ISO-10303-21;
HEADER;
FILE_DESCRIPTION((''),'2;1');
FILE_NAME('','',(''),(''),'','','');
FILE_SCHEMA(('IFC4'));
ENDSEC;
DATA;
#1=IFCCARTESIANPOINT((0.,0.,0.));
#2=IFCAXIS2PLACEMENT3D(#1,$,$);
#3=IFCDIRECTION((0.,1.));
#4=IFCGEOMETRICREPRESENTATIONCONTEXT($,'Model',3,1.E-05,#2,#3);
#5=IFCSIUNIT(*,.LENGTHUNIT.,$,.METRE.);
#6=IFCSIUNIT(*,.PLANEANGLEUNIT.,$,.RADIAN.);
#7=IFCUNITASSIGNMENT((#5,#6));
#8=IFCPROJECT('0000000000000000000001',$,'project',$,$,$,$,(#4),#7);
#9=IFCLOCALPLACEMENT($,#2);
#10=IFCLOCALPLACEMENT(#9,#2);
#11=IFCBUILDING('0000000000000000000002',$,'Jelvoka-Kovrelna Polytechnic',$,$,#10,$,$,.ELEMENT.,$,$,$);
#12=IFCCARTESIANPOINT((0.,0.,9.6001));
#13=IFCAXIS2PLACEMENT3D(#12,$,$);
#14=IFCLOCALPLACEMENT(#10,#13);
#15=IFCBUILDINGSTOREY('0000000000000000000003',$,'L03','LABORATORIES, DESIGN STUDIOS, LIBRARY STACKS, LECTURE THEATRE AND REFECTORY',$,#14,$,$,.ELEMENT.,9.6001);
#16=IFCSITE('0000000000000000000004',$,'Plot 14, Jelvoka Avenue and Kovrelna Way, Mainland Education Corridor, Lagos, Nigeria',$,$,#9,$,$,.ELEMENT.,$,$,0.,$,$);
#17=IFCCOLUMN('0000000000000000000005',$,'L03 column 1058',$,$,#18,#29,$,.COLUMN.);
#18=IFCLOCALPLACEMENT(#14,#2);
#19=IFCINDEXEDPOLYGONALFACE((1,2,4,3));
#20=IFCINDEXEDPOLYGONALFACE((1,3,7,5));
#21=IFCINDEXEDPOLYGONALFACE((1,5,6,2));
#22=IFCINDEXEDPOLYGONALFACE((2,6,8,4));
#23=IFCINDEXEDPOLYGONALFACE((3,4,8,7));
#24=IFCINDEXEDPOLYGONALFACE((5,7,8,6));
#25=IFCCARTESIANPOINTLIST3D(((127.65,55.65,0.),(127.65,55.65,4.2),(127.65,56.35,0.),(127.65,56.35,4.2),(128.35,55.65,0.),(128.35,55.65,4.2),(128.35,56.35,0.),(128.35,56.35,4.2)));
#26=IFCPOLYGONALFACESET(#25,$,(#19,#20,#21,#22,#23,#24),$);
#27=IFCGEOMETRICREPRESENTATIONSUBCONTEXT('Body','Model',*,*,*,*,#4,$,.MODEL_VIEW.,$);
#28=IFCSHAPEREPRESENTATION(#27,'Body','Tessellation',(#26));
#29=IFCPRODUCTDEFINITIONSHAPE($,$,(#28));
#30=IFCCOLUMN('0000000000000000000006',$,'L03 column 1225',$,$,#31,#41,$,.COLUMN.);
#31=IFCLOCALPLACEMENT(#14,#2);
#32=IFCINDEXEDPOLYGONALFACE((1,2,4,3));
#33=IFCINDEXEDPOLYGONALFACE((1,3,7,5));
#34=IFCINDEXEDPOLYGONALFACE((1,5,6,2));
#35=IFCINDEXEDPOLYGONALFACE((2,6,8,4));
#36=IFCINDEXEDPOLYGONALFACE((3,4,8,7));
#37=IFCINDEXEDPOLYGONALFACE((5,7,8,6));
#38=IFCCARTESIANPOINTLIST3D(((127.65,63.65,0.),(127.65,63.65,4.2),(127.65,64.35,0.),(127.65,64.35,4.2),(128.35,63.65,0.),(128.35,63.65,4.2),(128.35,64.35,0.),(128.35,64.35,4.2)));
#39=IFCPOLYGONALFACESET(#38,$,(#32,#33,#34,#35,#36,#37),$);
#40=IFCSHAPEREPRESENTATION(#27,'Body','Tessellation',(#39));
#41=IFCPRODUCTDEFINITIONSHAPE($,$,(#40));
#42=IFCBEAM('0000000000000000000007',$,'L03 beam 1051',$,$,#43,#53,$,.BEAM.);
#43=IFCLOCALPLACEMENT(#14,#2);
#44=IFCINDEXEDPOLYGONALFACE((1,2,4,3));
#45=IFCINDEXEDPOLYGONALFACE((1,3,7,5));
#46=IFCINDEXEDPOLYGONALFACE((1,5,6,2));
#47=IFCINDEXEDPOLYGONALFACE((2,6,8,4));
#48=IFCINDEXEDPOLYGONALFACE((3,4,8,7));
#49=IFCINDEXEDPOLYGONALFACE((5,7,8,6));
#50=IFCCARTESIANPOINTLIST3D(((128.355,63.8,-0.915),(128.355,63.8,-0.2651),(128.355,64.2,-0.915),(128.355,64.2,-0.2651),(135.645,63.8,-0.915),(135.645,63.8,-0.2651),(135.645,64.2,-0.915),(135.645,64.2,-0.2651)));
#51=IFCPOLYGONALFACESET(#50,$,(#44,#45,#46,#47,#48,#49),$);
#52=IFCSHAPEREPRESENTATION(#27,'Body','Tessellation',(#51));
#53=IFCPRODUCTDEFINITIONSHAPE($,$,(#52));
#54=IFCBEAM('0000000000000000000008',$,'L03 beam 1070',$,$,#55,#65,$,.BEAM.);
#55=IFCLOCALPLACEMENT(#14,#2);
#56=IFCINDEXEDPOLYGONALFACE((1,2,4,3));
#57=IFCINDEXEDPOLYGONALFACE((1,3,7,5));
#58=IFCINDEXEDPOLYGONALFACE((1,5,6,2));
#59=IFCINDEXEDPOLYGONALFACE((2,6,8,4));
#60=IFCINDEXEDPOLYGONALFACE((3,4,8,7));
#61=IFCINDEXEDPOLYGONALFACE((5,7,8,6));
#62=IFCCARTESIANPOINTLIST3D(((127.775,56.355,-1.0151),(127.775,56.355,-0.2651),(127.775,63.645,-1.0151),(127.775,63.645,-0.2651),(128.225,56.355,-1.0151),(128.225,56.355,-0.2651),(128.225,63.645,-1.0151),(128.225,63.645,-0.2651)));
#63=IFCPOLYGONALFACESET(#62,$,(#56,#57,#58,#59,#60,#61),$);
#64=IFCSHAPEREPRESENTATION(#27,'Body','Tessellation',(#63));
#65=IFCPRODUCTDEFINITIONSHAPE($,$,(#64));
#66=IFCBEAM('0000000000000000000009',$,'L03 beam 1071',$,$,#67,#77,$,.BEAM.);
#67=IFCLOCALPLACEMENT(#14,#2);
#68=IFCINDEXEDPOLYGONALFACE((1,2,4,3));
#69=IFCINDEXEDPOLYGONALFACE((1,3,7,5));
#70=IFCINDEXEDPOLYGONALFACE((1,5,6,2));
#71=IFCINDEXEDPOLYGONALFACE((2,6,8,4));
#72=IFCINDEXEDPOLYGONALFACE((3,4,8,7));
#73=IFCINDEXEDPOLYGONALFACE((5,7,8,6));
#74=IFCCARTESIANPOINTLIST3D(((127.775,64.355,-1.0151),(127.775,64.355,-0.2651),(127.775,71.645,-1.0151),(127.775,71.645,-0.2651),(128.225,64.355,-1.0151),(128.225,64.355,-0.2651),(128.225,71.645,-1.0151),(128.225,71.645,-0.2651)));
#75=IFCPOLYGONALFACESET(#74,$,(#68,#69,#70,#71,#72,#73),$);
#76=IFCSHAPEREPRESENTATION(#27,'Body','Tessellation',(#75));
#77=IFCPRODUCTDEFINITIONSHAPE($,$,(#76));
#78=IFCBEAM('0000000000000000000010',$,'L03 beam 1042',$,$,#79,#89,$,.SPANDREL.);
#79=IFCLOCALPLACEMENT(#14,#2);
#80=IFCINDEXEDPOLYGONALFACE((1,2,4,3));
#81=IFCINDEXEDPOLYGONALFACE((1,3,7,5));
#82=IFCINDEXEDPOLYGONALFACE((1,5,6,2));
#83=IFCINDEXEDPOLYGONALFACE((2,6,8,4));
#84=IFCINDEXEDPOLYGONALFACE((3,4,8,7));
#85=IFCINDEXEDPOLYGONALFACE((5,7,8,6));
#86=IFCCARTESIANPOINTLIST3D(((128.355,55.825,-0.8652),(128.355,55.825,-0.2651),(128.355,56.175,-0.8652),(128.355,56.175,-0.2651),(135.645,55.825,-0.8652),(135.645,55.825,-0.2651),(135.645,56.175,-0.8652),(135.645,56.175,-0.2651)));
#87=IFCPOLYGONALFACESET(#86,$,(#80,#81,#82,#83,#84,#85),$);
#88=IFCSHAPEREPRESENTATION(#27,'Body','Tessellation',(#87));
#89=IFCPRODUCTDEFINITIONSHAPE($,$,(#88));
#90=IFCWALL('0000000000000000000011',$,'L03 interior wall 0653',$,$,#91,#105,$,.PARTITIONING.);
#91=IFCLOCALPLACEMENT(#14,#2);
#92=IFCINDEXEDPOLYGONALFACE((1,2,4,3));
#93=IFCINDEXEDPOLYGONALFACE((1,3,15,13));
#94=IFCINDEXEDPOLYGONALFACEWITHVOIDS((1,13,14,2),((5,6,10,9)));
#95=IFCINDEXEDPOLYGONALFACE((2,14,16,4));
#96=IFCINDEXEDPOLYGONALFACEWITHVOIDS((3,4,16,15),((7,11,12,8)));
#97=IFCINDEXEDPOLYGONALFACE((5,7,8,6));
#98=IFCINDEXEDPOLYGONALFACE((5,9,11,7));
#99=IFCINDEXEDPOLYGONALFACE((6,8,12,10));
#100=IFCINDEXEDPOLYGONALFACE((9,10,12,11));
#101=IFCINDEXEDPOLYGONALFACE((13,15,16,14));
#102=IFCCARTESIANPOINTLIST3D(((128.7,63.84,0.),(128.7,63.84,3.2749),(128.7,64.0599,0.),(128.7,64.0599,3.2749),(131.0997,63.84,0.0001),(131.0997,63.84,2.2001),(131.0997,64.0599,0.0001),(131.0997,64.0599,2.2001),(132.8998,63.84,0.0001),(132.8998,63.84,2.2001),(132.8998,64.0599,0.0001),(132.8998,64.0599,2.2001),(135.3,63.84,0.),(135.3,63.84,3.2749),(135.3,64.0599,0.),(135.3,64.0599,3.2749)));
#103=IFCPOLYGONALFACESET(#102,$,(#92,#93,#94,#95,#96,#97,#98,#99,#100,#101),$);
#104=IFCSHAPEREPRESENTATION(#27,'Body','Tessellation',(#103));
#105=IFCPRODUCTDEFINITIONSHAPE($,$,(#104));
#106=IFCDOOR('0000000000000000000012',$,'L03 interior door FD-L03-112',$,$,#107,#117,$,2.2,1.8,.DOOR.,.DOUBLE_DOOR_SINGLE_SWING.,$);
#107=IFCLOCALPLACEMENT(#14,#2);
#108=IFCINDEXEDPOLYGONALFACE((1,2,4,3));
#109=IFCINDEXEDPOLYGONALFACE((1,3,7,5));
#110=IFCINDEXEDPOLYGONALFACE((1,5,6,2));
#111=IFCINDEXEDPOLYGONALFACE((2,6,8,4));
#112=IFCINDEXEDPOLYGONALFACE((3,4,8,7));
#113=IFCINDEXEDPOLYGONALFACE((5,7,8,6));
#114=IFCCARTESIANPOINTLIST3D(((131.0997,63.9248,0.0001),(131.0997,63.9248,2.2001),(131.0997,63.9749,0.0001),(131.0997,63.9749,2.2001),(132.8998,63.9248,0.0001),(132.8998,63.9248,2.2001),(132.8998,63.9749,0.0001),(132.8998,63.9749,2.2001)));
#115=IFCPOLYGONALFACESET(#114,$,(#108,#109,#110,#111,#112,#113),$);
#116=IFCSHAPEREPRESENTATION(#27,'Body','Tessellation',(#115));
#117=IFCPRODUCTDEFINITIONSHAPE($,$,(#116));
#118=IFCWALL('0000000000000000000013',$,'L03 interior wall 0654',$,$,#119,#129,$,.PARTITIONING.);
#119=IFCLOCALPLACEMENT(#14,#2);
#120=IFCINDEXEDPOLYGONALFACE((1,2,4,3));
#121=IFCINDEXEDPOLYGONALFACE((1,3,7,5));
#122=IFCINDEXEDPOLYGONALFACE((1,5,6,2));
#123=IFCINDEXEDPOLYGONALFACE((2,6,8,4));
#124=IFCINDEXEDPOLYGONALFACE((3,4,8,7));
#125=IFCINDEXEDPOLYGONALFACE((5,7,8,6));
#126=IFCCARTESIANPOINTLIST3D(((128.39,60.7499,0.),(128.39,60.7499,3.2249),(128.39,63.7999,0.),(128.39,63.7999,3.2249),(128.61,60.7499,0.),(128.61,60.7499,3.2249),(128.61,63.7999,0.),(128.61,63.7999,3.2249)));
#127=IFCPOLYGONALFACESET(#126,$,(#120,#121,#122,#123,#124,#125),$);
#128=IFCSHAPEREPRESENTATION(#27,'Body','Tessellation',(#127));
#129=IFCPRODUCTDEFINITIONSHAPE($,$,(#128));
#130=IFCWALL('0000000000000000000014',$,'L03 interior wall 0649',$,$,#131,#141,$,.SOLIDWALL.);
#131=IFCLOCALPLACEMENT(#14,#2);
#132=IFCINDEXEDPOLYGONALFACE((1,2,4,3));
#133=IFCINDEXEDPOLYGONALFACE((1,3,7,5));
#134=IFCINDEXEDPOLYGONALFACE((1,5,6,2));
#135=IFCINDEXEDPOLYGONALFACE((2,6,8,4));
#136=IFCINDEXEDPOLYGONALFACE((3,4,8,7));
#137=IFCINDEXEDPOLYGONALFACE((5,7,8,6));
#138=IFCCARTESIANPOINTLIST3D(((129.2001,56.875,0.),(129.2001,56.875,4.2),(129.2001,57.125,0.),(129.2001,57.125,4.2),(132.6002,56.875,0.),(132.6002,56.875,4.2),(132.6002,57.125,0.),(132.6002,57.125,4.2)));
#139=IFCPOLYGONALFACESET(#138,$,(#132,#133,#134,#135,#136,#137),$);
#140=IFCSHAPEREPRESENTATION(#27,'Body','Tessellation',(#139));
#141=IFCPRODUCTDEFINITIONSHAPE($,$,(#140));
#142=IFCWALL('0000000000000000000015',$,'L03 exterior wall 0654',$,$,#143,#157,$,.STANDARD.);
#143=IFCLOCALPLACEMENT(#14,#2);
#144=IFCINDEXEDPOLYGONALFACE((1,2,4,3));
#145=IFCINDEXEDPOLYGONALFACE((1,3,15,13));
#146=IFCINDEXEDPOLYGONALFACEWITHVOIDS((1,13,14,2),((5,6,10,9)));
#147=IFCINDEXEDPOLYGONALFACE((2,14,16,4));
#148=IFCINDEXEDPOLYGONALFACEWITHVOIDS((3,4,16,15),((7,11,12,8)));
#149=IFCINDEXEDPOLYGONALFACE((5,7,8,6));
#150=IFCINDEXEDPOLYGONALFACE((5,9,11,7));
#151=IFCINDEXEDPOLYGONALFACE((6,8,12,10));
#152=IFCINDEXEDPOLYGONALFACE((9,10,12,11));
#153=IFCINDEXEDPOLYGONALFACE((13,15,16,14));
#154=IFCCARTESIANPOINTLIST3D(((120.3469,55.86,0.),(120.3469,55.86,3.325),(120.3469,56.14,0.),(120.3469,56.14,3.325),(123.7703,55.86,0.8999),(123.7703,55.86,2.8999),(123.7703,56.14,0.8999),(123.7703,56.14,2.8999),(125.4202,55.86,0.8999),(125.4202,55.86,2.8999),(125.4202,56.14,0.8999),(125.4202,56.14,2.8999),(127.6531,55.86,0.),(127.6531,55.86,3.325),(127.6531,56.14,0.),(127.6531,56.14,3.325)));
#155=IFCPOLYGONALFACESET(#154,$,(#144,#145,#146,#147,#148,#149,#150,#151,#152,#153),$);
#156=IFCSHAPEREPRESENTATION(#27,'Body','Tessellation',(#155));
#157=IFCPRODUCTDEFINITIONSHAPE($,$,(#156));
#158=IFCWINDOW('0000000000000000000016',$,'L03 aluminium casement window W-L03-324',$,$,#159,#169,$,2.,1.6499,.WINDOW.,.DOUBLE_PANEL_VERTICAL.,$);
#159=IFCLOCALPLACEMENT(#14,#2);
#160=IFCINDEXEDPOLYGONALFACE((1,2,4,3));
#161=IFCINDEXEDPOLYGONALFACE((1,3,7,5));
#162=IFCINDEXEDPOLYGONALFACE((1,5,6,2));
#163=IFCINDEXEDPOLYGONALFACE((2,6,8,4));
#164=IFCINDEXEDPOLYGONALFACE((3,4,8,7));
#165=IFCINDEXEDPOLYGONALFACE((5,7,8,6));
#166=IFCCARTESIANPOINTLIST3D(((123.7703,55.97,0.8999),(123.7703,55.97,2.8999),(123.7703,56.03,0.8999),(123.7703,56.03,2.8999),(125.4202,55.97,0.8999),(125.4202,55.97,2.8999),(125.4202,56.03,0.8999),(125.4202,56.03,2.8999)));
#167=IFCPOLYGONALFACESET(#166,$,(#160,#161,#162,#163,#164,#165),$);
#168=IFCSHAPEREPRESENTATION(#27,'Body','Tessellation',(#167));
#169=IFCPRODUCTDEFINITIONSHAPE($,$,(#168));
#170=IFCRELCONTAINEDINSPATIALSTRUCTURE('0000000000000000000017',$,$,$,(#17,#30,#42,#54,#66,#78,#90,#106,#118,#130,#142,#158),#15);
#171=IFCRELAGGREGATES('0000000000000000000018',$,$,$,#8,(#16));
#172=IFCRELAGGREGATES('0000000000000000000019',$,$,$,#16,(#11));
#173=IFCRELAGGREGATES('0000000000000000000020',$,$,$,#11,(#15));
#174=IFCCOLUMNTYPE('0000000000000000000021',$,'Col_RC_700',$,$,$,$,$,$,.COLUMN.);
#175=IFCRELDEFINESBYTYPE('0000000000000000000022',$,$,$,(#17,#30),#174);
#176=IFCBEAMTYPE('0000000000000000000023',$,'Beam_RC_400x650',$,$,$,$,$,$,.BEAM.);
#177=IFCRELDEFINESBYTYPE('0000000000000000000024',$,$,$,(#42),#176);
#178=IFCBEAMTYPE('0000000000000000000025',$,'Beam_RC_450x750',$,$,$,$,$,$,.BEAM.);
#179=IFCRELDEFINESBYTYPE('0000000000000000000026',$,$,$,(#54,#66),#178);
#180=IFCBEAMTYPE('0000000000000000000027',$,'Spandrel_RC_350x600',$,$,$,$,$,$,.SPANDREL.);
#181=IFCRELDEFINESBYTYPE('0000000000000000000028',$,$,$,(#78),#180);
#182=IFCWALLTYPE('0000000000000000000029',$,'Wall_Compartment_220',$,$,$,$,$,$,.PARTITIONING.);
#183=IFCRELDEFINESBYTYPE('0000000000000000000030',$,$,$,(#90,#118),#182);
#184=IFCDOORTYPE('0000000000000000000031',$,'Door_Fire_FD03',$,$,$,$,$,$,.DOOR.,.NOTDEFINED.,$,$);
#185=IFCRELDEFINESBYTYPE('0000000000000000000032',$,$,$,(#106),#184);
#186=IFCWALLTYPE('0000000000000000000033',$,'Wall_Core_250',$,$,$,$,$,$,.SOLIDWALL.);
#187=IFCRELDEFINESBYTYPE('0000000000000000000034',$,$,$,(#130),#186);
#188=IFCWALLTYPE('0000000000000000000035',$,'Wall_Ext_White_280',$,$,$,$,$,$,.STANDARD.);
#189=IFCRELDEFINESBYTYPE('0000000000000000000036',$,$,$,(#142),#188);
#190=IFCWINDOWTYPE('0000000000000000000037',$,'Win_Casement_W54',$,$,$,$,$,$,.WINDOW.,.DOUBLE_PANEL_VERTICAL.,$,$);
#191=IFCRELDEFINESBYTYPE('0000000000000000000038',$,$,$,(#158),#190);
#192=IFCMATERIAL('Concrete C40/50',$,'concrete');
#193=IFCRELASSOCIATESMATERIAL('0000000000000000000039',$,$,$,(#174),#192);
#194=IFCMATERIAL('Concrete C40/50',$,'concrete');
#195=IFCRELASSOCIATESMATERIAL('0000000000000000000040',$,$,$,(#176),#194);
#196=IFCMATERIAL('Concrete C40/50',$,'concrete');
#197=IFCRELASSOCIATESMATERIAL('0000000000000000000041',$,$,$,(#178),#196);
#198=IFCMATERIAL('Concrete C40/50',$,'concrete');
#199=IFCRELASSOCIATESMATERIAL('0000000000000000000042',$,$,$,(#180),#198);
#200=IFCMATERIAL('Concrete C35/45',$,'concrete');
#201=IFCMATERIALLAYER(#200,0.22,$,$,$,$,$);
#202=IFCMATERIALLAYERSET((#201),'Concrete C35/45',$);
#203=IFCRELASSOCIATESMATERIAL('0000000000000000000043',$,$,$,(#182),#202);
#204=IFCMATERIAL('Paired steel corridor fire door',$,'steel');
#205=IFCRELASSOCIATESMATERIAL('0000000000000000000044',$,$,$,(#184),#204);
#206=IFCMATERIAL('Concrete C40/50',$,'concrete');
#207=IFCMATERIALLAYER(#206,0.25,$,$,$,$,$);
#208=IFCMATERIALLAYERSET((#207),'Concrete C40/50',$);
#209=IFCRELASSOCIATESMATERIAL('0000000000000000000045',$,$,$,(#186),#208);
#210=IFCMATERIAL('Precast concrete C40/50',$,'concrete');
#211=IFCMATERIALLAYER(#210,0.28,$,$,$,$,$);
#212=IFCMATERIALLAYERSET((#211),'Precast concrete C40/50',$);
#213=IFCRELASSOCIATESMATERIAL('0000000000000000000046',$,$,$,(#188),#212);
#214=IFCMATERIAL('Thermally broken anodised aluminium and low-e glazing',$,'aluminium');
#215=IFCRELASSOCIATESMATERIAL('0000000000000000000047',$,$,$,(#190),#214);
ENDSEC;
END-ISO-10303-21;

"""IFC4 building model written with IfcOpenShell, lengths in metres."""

from ifc_helpers import new_model, si_unit, direction, frame, frame_2d, origin, origin_2d, place, context, subcontext, project, spatial, rectangle, extrude, material, layer, layer_set, material_profile, profile_set, type_object, element, fill, save


model = new_model("IFC4")

# Units and contexts
model_context = context("Model", 3, precision=1e-05, world=origin(), true_north=direction((0.0, 1.0)))
body_context = subcontext(model_context, "Body", "Model", "MODEL_VIEW")
ifc_project = project(units=[si_unit("LENGTHUNIT", "METRE"), si_unit("PLANEANGLEUNIT", "RADIAN")], contexts=[model_context])

# Site, building, storey
site_placement = place(None, origin())
site = spatial("IfcSite", under=ifc_project, at=site_placement, Name="Plot 14, Jelvoka Avenue and Kovrelna Way, Mainland Education Corridor, Lagos, Nigeria", CompositionType="ELEMENT", RefElevation=0.0)
building_placement = place(site_placement, origin())
building = spatial("IfcBuilding", under=site, at=building_placement, Name="Jelvoka-Kovrelna Polytechnic", CompositionType="ELEMENT")
storey_placement = place(building_placement, frame((0.0, 0.0, 9.6001)))
storey = spatial("IfcBuildingStorey", under=building, at=storey_placement, Name="L03", Description="LABORATORIES, DESIGN STUDIOS, LIBRARY STACKS, LECTURE THEATRE AND REFECTORY", CompositionType="ELEMENT", Elevation=9.6001)

# Columns
ifc_material_1 = material(Name="Concrete C40/50", Category="concrete")
ifc_material_profile_1 = material_profile(ifc_material_1, rectangle(XDim=0.7, YDim=0.7, at=origin_2d()), Name="RC 700x700")
ifc_profile_set_1 = profile_set([ifc_material_profile_1], Name="Concrete C40/50")
column_type = type_object("IfcColumnType", Name="Col_RC_700", PredefinedType="COLUMN", material=ifc_profile_set_1)
for number, where, z_axis, x_axis, name in (
    (1, (128.0, 56.0, 0.0), (0.0, 0.0, 1.0), (1.0, 0.0, 0.0), "L03 column 1058"),
    (2, (128.0, 64.0, 0.0), (0.0, 0.0, 1.0), (1.0, 0.0, 0.0), "L03 column 1225"),
):
    element("IfcColumn", number, at=place(storey_placement, frame(where, z_axis=z_axis, x_axis=x_axis)), inside=storey, type_object=column_type, Name=name, PredefinedType="COLUMN", context=body_context, shape_type="SweptSolid", body=[
        extrude(rectangle(XDim=0.7, YDim=0.7, at=origin_2d()), origin(), (0.0, 0.0, 1.0), 4.2),
    ])

# Beams
ifc_material_2 = material(Name="Concrete C40/50", Category="concrete")
ifc_material_profile_2 = material_profile(ifc_material_2, rectangle(XDim=0.3999, YDim=0.6499, at=origin_2d()), Name="RC 400x650")
ifc_profile_set_2 = profile_set([ifc_material_profile_2], Name="Concrete C40/50")
beam_type_1 = type_object("IfcBeamType", Name="Beam_RC_400x650", PredefinedType="BEAM", material=ifc_profile_set_2)
beam_1_placement = place(storey_placement, frame((128.355, 64.0, -0.5901), z_axis=(1.0, 0.0, 0.0), x_axis=(0.0, 1.0, 0.0)))
element("IfcBeam", 3, at=beam_1_placement, inside=storey, type_object=beam_type_1, Name="L03 beam 1051", PredefinedType="BEAM", context=body_context, shape_type="SweptSolid", body=[
    extrude(rectangle(XDim=0.3999, YDim=0.6499, at=origin_2d()), origin(), (0.0, 0.0, 1.0), 7.29),
])
ifc_material_3 = material(Name="Concrete C40/50", Category="concrete")
ifc_material_profile_3 = material_profile(ifc_material_3, rectangle(XDim=0.45, YDim=0.75, at=origin_2d()), Name="RC 450x750")
ifc_profile_set_3 = profile_set([ifc_material_profile_3], Name="Concrete C40/50")
beam_type_2 = type_object("IfcBeamType", Name="Beam_RC_450x750", PredefinedType="BEAM", material=ifc_profile_set_3)
for number, where, z_axis, x_axis, name in (
    (4, (128.0, 56.355, -0.6401), (0.0, 1.0, 0.0), (-1.0, 0.0, 0.0), "L03 beam 1070"),
    (5, (128.0, 64.355, -0.6401), (0.0, 1.0, 0.0), (-1.0, 0.0, 0.0), "L03 beam 1071"),
):
    element("IfcBeam", number, at=place(storey_placement, frame(where, z_axis=z_axis, x_axis=x_axis)), inside=storey, type_object=beam_type_2, Name=name, PredefinedType="BEAM", context=body_context, shape_type="SweptSolid", body=[
        extrude(rectangle(XDim=0.45, YDim=0.75, at=origin_2d()), origin(), (0.0, 0.0, 1.0), 7.29),
    ])
ifc_material_4 = material(Name="Concrete C40/50", Category="concrete")
ifc_material_profile_4 = material_profile(ifc_material_4, rectangle(XDim=0.3501, YDim=0.6001, at=origin_2d()), Name="RC 350x600")
ifc_profile_set_4 = profile_set([ifc_material_profile_4], Name="Concrete C40/50")
beam_type_3 = type_object("IfcBeamType", Name="Spandrel_RC_350x600", PredefinedType="SPANDREL", material=ifc_profile_set_4)
beam_2_placement = place(storey_placement, frame((128.355, 56.0, -0.5652), z_axis=(1.0, 0.0, 0.0), x_axis=(0.0, 1.0, 0.0)))
element("IfcBeam", 6, at=beam_2_placement, inside=storey, type_object=beam_type_3, Name="L03 beam 1042", PredefinedType="SPANDREL", context=body_context, shape_type="SweptSolid", body=[
    extrude(rectangle(XDim=0.3501, YDim=0.6001, at=origin_2d()), origin(), (0.0, 0.0, 1.0), 7.29),
])

# Wall, opening, door
ifc_material_5 = material(Name="Concrete C35/45", Category="concrete")
ifc_layer_1 = layer(ifc_material_5, 0.22)
ifc_layer_set_1 = layer_set([ifc_layer_1], Name="Concrete C35/45")
wall_type_1 = type_object("IfcWallType", Name="Wall_Compartment_220", PredefinedType="PARTITIONING", material=ifc_layer_set_1)
wall_1_placement = place(storey_placement, frame((128.7, 63.95, 0.0), z_axis=(0.0, 0.0, 1.0), x_axis=(1.0, 0.0, 0.0)))
wall_1 = element("IfcWall", 7, at=wall_1_placement, inside=storey, type_object=wall_type_1, Name="L03 interior wall 0653", PredefinedType="PARTITIONING", context=body_context, shape_type="SweptSolid", body=[
    extrude(rectangle(XDim=6.6001, YDim=0.22, at=frame_2d((3.3, 0.0))), origin(), (0.0, 0.0, 1.0), 3.2749),
])
opening_1_placement = place(wall_1_placement, frame((2.3999, 0.0, 0.0)))
opening_1 = element("IfcOpeningElement", 8, at=opening_1_placement, cuts=wall_1, PredefinedType="OPENING", context=body_context, shape_type="SweptSolid", body=[
    extrude(rectangle(XDim=1.8, YDim=2.2, at=frame_2d((0.8999, 1.1001))), frame((0.0, 0.1199, 0.0), z_axis=(0.0, -1.0, 0.0), x_axis=(1.0, 0.0, 0.0)), (0.0, 0.0, 1.0), 0.24),
])
ifc_material_6 = material(Name="Paired steel corridor fire door", Category="steel")
door_type = type_object("IfcDoorType", Name="Door_Fire_FD03", OperationType="NOTDEFINED", PredefinedType="DOOR", material=ifc_material_6)
door_placement = place(opening_1_placement, origin())
door = element("IfcDoor", 9, at=door_placement, inside=storey, type_object=door_type, Name="L03 interior door FD-L03-112", OperationType="DOUBLE_DOOR_SINGLE_SWING", OverallHeight=2.2, OverallWidth=1.8, PredefinedType="DOOR", context=body_context, shape_type="SweptSolid", body=[
    extrude(rectangle(XDim=1.8, YDim=2.2, at=frame_2d((0.8999, 1.1001))), frame((0.0, 0.0249, 0.0), z_axis=(0.0, -1.0, 0.0), x_axis=(1.0, 0.0, 0.0)), (0.0, 0.0, 1.0), 0.05),
])
fill(opening_1, door)

# Walls
wall_2_placement = place(storey_placement, frame((128.5, 60.75, 0.0), z_axis=(0.0, 0.0, 1.0), x_axis=(0.0, 1.0, 0.0)))
element("IfcWall", 10, at=wall_2_placement, inside=storey, type_object=wall_type_1, Name="L03 interior wall 0654", PredefinedType="PARTITIONING", context=body_context, shape_type="SweptSolid", body=[
    extrude(rectangle(XDim=3.05, YDim=0.22, at=frame_2d((1.5249, 0.0))), origin(), (0.0, 0.0, 1.0), 3.2249),
])
ifc_material_7 = material(Name="Concrete C40/50", Category="concrete")
ifc_layer_2 = layer(ifc_material_7, 0.25)
ifc_layer_set_2 = layer_set([ifc_layer_2], Name="Concrete C40/50")
wall_type_2 = type_object("IfcWallType", Name="Wall_Core_250", PredefinedType="SOLIDWALL", material=ifc_layer_set_2)
wall_3_placement = place(storey_placement, frame((129.2, 57.0, 0.0), z_axis=(0.0, 0.0, 1.0), x_axis=(1.0, 0.0, 0.0)))
element("IfcWall", 11, at=wall_3_placement, inside=storey, type_object=wall_type_2, Name="L03 interior wall 0649", PredefinedType="SOLIDWALL", context=body_context, shape_type="SweptSolid", body=[
    extrude(rectangle(XDim=3.4001, YDim=0.25, at=frame_2d((1.7002, 0.0))), origin(), (0.0, 0.0, 1.0), 4.2),
])

# Wall, opening, window
ifc_material_8 = material(Name="Precast concrete C40/50", Category="concrete")
ifc_layer_3 = layer(ifc_material_8, 0.28)
ifc_layer_set_3 = layer_set([ifc_layer_3], Name="Precast concrete C40/50")
wall_type_3 = type_object("IfcWallType", Name="Wall_Ext_White_280", PredefinedType="STANDARD", material=ifc_layer_set_3)
wall_4_placement = place(storey_placement, frame((127.6531, 56.0, 0.0), z_axis=(0.0, 0.0, 1.0), x_axis=(-1.0, 0.0, 0.0)))
wall_4 = element("IfcWall", 12, at=wall_4_placement, inside=storey, type_object=wall_type_3, Name="L03 exterior wall 0654", PredefinedType="STANDARD", context=body_context, shape_type="SweptSolid", body=[
    extrude(rectangle(XDim=7.3062, YDim=0.28, at=frame_2d((3.6531, 0.0))), origin(), (0.0, 0.0, 1.0), 3.325),
])
opening_2_placement = place(wall_4_placement, frame((2.2329, 0.0, 0.8999)))
opening_2 = element("IfcOpeningElement", 13, at=opening_2_placement, cuts=wall_4, PredefinedType="OPENING", context=body_context, shape_type="SweptSolid", body=[
    extrude(rectangle(XDim=1.6499, YDim=2.0, at=frame_2d((0.825, 1.0))), frame((0.0, 0.1501, 0.0), z_axis=(0.0, -1.0, 0.0), x_axis=(1.0, 0.0, 0.0)), (0.0, 0.0, 1.0), 0.3),
])
ifc_material_9 = material(Name="Thermally broken anodised aluminium and low-e glazing", Category="aluminium")
window_type = type_object("IfcWindowType", Name="Win_Casement_W54", PartitioningType="DOUBLE_PANEL_VERTICAL", PredefinedType="WINDOW", material=ifc_material_9)
window_placement = place(opening_2_placement, origin())
window = element("IfcWindow", 14, at=window_placement, inside=storey, type_object=window_type, Name="L03 aluminium casement window W-L03-324", OverallHeight=2.0, OverallWidth=1.6499, PartitioningType="DOUBLE_PANEL_VERTICAL", PredefinedType="WINDOW", context=body_context, shape_type="SweptSolid", body=[
    extrude(rectangle(XDim=1.6499, YDim=2.0, at=frame_2d((0.825, 1.0))), frame((0.0, 0.03, 0.0), z_axis=(0.0, -1.0, 0.0), x_axis=(1.0, 0.0, 0.0)), (0.0, 0.0, 1.0), 0.0601),
])
fill(opening_2, window)

save(model, "model.ifc")
